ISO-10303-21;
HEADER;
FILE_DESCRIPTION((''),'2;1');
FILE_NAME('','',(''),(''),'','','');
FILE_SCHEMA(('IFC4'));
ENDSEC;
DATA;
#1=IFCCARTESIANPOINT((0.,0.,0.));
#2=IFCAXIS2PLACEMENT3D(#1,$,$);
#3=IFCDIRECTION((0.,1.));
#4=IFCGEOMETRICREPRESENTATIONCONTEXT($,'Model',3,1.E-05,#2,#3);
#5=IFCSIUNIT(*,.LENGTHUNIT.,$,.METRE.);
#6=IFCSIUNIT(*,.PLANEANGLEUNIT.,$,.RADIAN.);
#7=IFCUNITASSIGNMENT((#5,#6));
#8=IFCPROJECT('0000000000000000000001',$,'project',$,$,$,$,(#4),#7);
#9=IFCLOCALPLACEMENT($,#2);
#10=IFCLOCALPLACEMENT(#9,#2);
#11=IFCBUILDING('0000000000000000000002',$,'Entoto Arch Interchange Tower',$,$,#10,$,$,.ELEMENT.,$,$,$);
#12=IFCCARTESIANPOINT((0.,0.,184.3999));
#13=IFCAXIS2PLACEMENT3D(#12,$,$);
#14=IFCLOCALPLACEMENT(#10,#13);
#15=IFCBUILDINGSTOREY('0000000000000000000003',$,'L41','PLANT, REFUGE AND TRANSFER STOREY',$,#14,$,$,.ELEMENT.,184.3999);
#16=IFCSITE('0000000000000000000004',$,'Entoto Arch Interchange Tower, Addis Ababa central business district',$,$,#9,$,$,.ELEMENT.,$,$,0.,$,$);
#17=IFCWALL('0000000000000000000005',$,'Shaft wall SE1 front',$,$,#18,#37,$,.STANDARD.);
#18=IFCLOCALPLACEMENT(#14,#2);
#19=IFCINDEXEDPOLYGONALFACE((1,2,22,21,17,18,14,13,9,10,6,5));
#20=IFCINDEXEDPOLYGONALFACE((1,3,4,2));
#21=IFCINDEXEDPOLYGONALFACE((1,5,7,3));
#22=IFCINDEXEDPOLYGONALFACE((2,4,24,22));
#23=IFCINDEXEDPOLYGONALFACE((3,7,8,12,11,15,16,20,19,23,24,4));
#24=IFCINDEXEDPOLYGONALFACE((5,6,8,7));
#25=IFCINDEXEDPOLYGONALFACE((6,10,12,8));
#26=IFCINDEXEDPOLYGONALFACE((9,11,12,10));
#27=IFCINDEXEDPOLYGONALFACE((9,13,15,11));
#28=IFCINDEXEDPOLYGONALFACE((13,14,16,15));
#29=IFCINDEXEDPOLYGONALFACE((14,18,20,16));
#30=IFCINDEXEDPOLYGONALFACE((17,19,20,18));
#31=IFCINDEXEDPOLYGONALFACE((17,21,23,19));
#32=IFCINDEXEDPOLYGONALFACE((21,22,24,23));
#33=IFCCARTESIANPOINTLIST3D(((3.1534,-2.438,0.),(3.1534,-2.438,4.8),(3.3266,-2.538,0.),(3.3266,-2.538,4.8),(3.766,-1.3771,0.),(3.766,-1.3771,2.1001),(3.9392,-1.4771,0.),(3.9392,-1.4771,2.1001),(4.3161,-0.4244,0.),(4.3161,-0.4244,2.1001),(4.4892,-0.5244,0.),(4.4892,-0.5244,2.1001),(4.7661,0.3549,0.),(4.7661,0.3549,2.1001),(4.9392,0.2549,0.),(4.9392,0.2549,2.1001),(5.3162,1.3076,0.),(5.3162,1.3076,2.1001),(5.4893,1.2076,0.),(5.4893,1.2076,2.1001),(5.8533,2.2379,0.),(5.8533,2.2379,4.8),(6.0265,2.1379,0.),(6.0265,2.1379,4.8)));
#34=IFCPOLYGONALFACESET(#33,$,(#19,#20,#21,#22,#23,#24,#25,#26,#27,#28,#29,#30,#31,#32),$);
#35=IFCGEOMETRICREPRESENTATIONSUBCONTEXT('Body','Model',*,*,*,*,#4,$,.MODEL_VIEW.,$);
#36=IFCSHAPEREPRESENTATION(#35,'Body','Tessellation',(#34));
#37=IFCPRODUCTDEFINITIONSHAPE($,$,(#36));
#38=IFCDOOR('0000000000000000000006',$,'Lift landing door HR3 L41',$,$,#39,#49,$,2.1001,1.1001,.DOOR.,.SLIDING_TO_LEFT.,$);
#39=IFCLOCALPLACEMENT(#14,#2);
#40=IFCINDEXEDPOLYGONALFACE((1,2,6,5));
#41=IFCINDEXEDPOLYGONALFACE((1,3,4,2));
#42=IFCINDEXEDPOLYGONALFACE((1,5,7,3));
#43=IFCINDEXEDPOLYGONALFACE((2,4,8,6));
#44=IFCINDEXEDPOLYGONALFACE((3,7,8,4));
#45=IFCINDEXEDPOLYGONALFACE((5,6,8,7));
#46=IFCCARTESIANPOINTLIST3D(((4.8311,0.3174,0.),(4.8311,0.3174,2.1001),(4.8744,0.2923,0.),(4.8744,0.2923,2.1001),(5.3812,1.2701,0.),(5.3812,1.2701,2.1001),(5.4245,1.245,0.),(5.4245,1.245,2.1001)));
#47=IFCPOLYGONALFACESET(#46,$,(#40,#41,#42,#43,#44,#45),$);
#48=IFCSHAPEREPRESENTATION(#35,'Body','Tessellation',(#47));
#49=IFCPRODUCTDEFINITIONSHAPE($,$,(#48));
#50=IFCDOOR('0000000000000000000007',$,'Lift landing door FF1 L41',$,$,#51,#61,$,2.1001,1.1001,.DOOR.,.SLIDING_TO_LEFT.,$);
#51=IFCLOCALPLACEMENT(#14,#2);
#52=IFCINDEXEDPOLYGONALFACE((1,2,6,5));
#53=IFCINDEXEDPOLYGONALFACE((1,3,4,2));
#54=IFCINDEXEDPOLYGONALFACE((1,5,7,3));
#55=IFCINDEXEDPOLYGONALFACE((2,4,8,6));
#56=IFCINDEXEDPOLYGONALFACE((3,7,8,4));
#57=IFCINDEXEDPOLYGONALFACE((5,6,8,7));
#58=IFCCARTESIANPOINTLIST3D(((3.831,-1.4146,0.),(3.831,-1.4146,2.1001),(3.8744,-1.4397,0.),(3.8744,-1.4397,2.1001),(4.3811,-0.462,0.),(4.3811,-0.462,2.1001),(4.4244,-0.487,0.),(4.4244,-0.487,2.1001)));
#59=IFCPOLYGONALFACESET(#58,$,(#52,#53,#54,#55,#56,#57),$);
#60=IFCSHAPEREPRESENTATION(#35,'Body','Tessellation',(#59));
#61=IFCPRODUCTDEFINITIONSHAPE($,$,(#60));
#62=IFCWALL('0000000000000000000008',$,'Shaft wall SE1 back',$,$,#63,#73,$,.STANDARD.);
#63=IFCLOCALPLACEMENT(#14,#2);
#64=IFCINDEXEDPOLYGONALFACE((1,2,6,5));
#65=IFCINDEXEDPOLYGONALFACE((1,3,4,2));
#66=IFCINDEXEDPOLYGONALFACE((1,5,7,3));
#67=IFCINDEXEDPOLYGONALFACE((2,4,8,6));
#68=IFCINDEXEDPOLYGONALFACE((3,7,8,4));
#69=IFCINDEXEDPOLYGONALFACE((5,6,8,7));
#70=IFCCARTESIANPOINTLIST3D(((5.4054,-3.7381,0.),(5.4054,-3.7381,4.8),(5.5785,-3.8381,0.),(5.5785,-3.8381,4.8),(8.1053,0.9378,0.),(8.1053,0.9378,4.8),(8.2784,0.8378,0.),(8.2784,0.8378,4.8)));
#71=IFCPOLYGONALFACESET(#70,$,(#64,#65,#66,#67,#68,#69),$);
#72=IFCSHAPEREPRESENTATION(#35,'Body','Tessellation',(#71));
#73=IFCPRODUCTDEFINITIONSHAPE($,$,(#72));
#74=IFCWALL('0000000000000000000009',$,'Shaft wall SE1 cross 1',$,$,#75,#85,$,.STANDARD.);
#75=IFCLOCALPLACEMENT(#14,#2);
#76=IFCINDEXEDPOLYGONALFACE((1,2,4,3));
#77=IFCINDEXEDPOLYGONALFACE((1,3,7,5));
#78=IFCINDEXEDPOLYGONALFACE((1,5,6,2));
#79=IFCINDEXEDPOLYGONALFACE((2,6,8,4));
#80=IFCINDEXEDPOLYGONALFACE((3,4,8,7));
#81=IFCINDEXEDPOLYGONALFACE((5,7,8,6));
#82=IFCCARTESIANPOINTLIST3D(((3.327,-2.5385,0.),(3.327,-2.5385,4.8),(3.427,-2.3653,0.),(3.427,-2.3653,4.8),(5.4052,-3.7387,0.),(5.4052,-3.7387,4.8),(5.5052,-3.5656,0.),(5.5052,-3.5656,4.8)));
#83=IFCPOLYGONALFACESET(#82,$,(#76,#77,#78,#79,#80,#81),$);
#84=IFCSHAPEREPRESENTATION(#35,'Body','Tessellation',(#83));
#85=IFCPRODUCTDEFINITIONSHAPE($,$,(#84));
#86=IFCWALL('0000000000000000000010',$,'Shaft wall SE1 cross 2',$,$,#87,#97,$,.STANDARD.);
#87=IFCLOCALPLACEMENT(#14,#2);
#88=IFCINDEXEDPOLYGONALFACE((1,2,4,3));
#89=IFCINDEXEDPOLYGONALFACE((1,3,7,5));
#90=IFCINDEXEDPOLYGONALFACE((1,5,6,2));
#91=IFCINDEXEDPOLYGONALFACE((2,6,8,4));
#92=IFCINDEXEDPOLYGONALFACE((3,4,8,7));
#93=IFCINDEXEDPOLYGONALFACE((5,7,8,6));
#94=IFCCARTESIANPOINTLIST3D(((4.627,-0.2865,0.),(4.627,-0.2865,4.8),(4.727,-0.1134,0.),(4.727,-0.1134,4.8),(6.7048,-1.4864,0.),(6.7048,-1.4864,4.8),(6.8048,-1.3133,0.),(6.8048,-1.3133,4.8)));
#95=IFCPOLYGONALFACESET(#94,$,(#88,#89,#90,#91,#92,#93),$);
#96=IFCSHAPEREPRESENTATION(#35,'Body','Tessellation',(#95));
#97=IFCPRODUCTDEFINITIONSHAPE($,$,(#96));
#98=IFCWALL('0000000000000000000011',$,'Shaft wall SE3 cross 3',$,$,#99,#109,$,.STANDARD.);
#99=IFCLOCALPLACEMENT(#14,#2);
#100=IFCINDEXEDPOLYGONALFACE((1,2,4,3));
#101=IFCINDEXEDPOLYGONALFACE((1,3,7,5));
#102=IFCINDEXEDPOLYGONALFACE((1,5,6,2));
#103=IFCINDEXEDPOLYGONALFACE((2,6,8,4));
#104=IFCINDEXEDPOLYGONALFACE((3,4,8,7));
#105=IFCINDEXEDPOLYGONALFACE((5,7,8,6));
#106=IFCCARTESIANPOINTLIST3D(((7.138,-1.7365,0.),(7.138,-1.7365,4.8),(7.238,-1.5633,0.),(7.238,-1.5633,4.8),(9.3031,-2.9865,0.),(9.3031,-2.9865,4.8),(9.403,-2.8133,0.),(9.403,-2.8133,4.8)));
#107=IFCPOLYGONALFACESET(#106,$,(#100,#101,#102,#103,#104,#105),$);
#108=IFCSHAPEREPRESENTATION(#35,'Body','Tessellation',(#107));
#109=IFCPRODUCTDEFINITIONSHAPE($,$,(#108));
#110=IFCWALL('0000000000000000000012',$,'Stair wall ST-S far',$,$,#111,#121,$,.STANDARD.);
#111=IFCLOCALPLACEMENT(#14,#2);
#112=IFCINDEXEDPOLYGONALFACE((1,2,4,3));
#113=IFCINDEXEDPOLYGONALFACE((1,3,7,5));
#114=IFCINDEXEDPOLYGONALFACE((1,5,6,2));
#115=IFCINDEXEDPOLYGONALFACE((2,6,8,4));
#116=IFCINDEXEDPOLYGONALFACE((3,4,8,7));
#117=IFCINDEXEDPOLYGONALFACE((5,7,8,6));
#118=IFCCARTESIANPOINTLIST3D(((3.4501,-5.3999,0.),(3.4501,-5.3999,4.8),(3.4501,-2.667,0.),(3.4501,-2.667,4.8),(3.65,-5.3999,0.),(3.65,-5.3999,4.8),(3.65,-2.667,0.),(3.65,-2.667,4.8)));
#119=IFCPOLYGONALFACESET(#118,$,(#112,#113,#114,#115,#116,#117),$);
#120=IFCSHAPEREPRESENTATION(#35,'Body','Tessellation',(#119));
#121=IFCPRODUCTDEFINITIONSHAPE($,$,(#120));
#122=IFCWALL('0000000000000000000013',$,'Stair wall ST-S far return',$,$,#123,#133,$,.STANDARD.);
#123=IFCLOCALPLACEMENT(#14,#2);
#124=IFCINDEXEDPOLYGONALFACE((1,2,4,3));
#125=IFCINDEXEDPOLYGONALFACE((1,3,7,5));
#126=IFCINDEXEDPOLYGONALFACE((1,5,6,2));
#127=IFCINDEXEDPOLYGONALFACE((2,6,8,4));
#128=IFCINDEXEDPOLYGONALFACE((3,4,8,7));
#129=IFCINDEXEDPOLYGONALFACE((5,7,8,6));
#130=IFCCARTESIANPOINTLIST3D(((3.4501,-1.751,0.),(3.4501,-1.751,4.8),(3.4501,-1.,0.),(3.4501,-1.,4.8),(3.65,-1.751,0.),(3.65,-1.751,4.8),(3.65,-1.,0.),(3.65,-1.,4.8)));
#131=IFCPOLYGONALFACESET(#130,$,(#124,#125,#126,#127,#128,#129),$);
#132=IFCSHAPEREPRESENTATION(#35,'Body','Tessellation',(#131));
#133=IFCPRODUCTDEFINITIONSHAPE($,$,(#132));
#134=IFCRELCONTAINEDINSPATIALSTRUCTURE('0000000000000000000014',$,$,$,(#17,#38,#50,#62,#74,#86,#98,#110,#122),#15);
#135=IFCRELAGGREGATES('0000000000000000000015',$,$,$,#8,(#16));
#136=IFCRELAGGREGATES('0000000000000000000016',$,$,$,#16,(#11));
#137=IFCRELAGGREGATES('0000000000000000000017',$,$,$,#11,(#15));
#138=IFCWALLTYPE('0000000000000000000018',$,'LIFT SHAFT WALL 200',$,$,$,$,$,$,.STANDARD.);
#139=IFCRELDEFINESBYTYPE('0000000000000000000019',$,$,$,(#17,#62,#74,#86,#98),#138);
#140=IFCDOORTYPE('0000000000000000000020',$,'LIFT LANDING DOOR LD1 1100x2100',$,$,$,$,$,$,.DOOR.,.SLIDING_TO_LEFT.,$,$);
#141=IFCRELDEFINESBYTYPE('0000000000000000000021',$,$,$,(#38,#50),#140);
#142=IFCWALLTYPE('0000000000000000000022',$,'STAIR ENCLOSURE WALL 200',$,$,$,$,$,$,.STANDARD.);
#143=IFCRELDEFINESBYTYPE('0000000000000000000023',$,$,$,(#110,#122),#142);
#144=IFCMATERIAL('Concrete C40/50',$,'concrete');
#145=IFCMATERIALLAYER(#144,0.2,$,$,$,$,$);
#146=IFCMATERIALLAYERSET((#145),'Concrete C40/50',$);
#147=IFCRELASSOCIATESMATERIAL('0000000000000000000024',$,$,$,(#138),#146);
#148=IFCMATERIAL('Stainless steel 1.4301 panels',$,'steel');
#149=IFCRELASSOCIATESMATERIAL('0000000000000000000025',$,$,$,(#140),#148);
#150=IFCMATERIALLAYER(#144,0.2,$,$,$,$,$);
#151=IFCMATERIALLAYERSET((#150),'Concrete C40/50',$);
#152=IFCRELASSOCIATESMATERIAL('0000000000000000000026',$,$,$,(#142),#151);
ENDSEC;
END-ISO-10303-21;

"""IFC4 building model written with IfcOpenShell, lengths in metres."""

from ifc_helpers import new_model, si_unit, direction, frame, frame_2d, origin, place, context, subcontext, project, spatial, rectangle, extrude, material, layer, layer_set, type_object, element, fill, save


model = new_model("IFC4")

# Units and contexts
model_context = context("Model", 3, precision=1e-05, world=origin(), true_north=direction((0.0, 1.0)))
body_context = subcontext(model_context, "Body", "Model", "MODEL_VIEW")
ifc_project = project(units=[si_unit("LENGTHUNIT", "METRE"), si_unit("PLANEANGLEUNIT", "RADIAN")], contexts=[model_context])

# Site, building, storey
site_placement = place(None, origin())
site = spatial("IfcSite", under=ifc_project, at=site_placement, Name="Entoto Arch Interchange Tower, Addis Ababa central business district", CompositionType="ELEMENT", RefElevation=0.0)
building_placement = place(site_placement, origin())
building = spatial("IfcBuilding", under=site, at=building_placement, Name="Entoto Arch Interchange Tower", CompositionType="ELEMENT")
storey_placement = place(building_placement, frame((0.0, 0.0, 184.3999)))
storey = spatial("IfcBuildingStorey", under=building, at=storey_placement, Name="L41", Description="PLANT, REFUGE AND TRANSFER STOREY", CompositionType="ELEMENT", Elevation=184.3999)

# Wall, openings, doors
ifc_material_1 = material(Name="Concrete C40/50", Category="concrete")
ifc_layer_1 = layer(ifc_material_1, 0.2)
ifc_layer_set_1 = layer_set([ifc_layer_1], Name="Concrete C40/50")
wall_type_1 = type_object("IfcWallType", Name="LIFT SHAFT WALL 200", PredefinedType="STANDARD", material=ifc_layer_set_1)
wall_1_placement = place(storey_placement, frame((3.24, -2.488, 0.0), z_axis=(0.0, 0.0, 1.0), x_axis=(0.500034, 0.866006, 0.0)))
wall_1 = element("IfcWall", 1, at=wall_1_placement, inside=storey, type_object=wall_type_1, Name="Shaft wall SE1 front", PredefinedType="STANDARD", context=body_context, shape_type="SweptSolid", body=[
    extrude(rectangle(XDim=5.3994, YDim=0.2, at=frame_2d((2.6997, 0.0))), origin(), (0.0, 0.0, 1.0), 4.8),
])
opening_1_placement = place(wall_1_placement, frame((3.2251, 0.0, 0.0)))
opening_1 = element("IfcOpeningElement", 2, at=opening_1_placement, cuts=wall_1, PredefinedType="OPENING", context=body_context, shape_type="SweptSolid", body=[
    extrude(rectangle(XDim=1.1001, YDim=2.1001, at=frame_2d((0.55, 1.05))), frame((0.0, 0.1099, 0.0), z_axis=(0.0, -1.0, 0.0), x_axis=(1.0, 0.0, 0.0)), (0.0, 0.0, 1.0), 0.22),
])
opening_2_placement = place(wall_1_placement, frame((1.2251, 0.0, 0.0)))
opening_2 = element("IfcOpeningElement", 3, at=opening_2_placement, cuts=wall_1, PredefinedType="OPENING", context=body_context, shape_type="SweptSolid", body=[
    extrude(rectangle(XDim=1.1001, YDim=2.1001, at=frame_2d((0.55, 1.05))), frame((0.0, 0.1099, 0.0), z_axis=(0.0, -1.0, 0.0), x_axis=(1.0, 0.0, 0.0)), (0.0, 0.0, 1.0), 0.22),
])
ifc_material_2 = material(Name="Stainless steel 1.4301 panels", Category="steel")
door_type = type_object("IfcDoorType", Name="LIFT LANDING DOOR LD1 1100x2100", OperationType="SLIDING_TO_LEFT", PredefinedType="DOOR", material=ifc_material_2)
door_1_placement = place(opening_1_placement, origin())
door_1 = element("IfcDoor", 4, at=door_1_placement, inside=storey, type_object=door_type, Name="Lift landing door HR3 L41", OperationType="SLIDING_TO_LEFT", OverallHeight=2.1001, OverallWidth=1.1001, PredefinedType="DOOR", context=body_context, shape_type="SweptSolid", body=[
    extrude(rectangle(XDim=1.1001, YDim=2.1001, at=frame_2d((0.55, 1.05))), frame((0.0, 0.0249, 0.0), z_axis=(0.0, -1.0, 0.0), x_axis=(1.0, 0.0, 0.0)), (0.0, 0.0, 1.0), 0.05),
])
fill(opening_1, door_1)
door_2_placement = place(opening_2_placement, origin())
door_2 = element("IfcDoor", 5, at=door_2_placement, inside=storey, type_object=door_type, Name="Lift landing door FF1 L41", OperationType="SLIDING_TO_LEFT", OverallHeight=2.1001, OverallWidth=1.1001, PredefinedType="DOOR", context=body_context, shape_type="SweptSolid", body=[
    extrude(rectangle(XDim=1.1001, YDim=2.1001, at=frame_2d((0.55, 1.05))), frame((0.0, 0.0249, 0.0), z_axis=(0.0, -1.0, 0.0), x_axis=(1.0, 0.0, 0.0)), (0.0, 0.0, 1.0), 0.05),
])
fill(opening_2, door_2)

# Walls
wall_2_placement = place(storey_placement, frame((5.4919, -3.7881, 0.0), z_axis=(0.0, 0.0, 1.0), x_axis=(0.500034, 0.866006, 0.0)))
element("IfcWall", 6, at=wall_2_placement, inside=storey, type_object=wall_type_1, Name="Shaft wall SE1 back", PredefinedType="STANDARD", context=body_context, shape_type="SweptSolid", body=[
    extrude(rectangle(XDim=5.3994, YDim=0.2, at=frame_2d((2.6997, 0.0))), origin(), (0.0, 0.0, 1.0), 4.8),
])
wall_3_placement = place(storey_placement, frame((3.377, -2.4519, 0.0), z_axis=(0.0, 0.0, 1.0), x_axis=(0.865955, -0.500122, 0.0)))
element("IfcWall", 7, at=wall_3_placement, inside=storey, type_object=wall_type_1, Name="Shaft wall SE1 cross 1", PredefinedType="STANDARD", context=body_context, shape_type="SweptSolid", body=[
    extrude(rectangle(XDim=2.3999, YDim=0.2, at=frame_2d((1.2, 0.0))), origin(), (0.0, 0.0, 1.0), 4.8),
])
wall_4_placement = place(storey_placement, frame((4.677, -0.2, 0.0), z_axis=(0.0, 0.0, 1.0), x_axis=(0.865974, -0.500089, 0.0)))
element("IfcWall", 8, at=wall_4_placement, inside=storey, type_object=wall_type_1, Name="Shaft wall SE1 cross 2", PredefinedType="STANDARD", context=body_context, shape_type="SweptSolid", body=[
    extrude(rectangle(XDim=2.3994, YDim=0.2, at=frame_2d((1.1997, 0.0))), origin(), (0.0, 0.0, 1.0), 4.8),
])
wall_5_placement = place(storey_placement, frame((7.188, -1.6499, 0.0), z_axis=(0.0, 0.0, 1.0), x_axis=(0.866023, -0.500004, 0.0)))
element("IfcWall", 9, at=wall_5_placement, inside=storey, type_object=wall_type_1, Name="Shaft wall SE3 cross 3", PredefinedType="STANDARD", context=body_context, shape_type="SweptSolid", body=[
    extrude(rectangle(XDim=2.5, YDim=0.2, at=frame_2d((1.25, 0.0))), origin(), (0.0, 0.0, 1.0), 4.8),
])
ifc_layer_2 = layer(ifc_material_1, 0.2)
ifc_layer_set_2 = layer_set([ifc_layer_2], Name="Concrete C40/50")
wall_type_2 = type_object("IfcWallType", Name="STAIR ENCLOSURE WALL 200", PredefinedType="STANDARD", material=ifc_layer_set_2)
wall_6_placement = place(storey_placement, frame((3.55, -2.667, 0.0), z_axis=(0.0, 0.0, 1.0), x_axis=(0.0, -1.0, 0.0)))
element("IfcWall", 10, at=wall_6_placement, inside=storey, type_object=wall_type_2, Name="Stair wall ST-S far", PredefinedType="STANDARD", context=body_context, shape_type="SweptSolid", body=[
    extrude(rectangle(XDim=2.7329, YDim=0.2, at=frame_2d((1.3665, 0.0))), origin(), (0.0, 0.0, 1.0), 4.8),
])
wall_7_placement = place(storey_placement, frame((3.55, -1.0, 0.0), z_axis=(0.0, 0.0, 1.0), x_axis=(0.0, -1.0, 0.0)))
element("IfcWall", 11, at=wall_7_placement, inside=storey, type_object=wall_type_2, Name="Stair wall ST-S far return", PredefinedType="STANDARD", context=body_context, shape_type="SweptSolid", body=[
    extrude(rectangle(XDim=0.751, YDim=0.2, at=frame_2d((0.3755, 0.0))), origin(), (0.0, 0.0, 1.0), 4.8),
])

save(model, "model.ifc")
